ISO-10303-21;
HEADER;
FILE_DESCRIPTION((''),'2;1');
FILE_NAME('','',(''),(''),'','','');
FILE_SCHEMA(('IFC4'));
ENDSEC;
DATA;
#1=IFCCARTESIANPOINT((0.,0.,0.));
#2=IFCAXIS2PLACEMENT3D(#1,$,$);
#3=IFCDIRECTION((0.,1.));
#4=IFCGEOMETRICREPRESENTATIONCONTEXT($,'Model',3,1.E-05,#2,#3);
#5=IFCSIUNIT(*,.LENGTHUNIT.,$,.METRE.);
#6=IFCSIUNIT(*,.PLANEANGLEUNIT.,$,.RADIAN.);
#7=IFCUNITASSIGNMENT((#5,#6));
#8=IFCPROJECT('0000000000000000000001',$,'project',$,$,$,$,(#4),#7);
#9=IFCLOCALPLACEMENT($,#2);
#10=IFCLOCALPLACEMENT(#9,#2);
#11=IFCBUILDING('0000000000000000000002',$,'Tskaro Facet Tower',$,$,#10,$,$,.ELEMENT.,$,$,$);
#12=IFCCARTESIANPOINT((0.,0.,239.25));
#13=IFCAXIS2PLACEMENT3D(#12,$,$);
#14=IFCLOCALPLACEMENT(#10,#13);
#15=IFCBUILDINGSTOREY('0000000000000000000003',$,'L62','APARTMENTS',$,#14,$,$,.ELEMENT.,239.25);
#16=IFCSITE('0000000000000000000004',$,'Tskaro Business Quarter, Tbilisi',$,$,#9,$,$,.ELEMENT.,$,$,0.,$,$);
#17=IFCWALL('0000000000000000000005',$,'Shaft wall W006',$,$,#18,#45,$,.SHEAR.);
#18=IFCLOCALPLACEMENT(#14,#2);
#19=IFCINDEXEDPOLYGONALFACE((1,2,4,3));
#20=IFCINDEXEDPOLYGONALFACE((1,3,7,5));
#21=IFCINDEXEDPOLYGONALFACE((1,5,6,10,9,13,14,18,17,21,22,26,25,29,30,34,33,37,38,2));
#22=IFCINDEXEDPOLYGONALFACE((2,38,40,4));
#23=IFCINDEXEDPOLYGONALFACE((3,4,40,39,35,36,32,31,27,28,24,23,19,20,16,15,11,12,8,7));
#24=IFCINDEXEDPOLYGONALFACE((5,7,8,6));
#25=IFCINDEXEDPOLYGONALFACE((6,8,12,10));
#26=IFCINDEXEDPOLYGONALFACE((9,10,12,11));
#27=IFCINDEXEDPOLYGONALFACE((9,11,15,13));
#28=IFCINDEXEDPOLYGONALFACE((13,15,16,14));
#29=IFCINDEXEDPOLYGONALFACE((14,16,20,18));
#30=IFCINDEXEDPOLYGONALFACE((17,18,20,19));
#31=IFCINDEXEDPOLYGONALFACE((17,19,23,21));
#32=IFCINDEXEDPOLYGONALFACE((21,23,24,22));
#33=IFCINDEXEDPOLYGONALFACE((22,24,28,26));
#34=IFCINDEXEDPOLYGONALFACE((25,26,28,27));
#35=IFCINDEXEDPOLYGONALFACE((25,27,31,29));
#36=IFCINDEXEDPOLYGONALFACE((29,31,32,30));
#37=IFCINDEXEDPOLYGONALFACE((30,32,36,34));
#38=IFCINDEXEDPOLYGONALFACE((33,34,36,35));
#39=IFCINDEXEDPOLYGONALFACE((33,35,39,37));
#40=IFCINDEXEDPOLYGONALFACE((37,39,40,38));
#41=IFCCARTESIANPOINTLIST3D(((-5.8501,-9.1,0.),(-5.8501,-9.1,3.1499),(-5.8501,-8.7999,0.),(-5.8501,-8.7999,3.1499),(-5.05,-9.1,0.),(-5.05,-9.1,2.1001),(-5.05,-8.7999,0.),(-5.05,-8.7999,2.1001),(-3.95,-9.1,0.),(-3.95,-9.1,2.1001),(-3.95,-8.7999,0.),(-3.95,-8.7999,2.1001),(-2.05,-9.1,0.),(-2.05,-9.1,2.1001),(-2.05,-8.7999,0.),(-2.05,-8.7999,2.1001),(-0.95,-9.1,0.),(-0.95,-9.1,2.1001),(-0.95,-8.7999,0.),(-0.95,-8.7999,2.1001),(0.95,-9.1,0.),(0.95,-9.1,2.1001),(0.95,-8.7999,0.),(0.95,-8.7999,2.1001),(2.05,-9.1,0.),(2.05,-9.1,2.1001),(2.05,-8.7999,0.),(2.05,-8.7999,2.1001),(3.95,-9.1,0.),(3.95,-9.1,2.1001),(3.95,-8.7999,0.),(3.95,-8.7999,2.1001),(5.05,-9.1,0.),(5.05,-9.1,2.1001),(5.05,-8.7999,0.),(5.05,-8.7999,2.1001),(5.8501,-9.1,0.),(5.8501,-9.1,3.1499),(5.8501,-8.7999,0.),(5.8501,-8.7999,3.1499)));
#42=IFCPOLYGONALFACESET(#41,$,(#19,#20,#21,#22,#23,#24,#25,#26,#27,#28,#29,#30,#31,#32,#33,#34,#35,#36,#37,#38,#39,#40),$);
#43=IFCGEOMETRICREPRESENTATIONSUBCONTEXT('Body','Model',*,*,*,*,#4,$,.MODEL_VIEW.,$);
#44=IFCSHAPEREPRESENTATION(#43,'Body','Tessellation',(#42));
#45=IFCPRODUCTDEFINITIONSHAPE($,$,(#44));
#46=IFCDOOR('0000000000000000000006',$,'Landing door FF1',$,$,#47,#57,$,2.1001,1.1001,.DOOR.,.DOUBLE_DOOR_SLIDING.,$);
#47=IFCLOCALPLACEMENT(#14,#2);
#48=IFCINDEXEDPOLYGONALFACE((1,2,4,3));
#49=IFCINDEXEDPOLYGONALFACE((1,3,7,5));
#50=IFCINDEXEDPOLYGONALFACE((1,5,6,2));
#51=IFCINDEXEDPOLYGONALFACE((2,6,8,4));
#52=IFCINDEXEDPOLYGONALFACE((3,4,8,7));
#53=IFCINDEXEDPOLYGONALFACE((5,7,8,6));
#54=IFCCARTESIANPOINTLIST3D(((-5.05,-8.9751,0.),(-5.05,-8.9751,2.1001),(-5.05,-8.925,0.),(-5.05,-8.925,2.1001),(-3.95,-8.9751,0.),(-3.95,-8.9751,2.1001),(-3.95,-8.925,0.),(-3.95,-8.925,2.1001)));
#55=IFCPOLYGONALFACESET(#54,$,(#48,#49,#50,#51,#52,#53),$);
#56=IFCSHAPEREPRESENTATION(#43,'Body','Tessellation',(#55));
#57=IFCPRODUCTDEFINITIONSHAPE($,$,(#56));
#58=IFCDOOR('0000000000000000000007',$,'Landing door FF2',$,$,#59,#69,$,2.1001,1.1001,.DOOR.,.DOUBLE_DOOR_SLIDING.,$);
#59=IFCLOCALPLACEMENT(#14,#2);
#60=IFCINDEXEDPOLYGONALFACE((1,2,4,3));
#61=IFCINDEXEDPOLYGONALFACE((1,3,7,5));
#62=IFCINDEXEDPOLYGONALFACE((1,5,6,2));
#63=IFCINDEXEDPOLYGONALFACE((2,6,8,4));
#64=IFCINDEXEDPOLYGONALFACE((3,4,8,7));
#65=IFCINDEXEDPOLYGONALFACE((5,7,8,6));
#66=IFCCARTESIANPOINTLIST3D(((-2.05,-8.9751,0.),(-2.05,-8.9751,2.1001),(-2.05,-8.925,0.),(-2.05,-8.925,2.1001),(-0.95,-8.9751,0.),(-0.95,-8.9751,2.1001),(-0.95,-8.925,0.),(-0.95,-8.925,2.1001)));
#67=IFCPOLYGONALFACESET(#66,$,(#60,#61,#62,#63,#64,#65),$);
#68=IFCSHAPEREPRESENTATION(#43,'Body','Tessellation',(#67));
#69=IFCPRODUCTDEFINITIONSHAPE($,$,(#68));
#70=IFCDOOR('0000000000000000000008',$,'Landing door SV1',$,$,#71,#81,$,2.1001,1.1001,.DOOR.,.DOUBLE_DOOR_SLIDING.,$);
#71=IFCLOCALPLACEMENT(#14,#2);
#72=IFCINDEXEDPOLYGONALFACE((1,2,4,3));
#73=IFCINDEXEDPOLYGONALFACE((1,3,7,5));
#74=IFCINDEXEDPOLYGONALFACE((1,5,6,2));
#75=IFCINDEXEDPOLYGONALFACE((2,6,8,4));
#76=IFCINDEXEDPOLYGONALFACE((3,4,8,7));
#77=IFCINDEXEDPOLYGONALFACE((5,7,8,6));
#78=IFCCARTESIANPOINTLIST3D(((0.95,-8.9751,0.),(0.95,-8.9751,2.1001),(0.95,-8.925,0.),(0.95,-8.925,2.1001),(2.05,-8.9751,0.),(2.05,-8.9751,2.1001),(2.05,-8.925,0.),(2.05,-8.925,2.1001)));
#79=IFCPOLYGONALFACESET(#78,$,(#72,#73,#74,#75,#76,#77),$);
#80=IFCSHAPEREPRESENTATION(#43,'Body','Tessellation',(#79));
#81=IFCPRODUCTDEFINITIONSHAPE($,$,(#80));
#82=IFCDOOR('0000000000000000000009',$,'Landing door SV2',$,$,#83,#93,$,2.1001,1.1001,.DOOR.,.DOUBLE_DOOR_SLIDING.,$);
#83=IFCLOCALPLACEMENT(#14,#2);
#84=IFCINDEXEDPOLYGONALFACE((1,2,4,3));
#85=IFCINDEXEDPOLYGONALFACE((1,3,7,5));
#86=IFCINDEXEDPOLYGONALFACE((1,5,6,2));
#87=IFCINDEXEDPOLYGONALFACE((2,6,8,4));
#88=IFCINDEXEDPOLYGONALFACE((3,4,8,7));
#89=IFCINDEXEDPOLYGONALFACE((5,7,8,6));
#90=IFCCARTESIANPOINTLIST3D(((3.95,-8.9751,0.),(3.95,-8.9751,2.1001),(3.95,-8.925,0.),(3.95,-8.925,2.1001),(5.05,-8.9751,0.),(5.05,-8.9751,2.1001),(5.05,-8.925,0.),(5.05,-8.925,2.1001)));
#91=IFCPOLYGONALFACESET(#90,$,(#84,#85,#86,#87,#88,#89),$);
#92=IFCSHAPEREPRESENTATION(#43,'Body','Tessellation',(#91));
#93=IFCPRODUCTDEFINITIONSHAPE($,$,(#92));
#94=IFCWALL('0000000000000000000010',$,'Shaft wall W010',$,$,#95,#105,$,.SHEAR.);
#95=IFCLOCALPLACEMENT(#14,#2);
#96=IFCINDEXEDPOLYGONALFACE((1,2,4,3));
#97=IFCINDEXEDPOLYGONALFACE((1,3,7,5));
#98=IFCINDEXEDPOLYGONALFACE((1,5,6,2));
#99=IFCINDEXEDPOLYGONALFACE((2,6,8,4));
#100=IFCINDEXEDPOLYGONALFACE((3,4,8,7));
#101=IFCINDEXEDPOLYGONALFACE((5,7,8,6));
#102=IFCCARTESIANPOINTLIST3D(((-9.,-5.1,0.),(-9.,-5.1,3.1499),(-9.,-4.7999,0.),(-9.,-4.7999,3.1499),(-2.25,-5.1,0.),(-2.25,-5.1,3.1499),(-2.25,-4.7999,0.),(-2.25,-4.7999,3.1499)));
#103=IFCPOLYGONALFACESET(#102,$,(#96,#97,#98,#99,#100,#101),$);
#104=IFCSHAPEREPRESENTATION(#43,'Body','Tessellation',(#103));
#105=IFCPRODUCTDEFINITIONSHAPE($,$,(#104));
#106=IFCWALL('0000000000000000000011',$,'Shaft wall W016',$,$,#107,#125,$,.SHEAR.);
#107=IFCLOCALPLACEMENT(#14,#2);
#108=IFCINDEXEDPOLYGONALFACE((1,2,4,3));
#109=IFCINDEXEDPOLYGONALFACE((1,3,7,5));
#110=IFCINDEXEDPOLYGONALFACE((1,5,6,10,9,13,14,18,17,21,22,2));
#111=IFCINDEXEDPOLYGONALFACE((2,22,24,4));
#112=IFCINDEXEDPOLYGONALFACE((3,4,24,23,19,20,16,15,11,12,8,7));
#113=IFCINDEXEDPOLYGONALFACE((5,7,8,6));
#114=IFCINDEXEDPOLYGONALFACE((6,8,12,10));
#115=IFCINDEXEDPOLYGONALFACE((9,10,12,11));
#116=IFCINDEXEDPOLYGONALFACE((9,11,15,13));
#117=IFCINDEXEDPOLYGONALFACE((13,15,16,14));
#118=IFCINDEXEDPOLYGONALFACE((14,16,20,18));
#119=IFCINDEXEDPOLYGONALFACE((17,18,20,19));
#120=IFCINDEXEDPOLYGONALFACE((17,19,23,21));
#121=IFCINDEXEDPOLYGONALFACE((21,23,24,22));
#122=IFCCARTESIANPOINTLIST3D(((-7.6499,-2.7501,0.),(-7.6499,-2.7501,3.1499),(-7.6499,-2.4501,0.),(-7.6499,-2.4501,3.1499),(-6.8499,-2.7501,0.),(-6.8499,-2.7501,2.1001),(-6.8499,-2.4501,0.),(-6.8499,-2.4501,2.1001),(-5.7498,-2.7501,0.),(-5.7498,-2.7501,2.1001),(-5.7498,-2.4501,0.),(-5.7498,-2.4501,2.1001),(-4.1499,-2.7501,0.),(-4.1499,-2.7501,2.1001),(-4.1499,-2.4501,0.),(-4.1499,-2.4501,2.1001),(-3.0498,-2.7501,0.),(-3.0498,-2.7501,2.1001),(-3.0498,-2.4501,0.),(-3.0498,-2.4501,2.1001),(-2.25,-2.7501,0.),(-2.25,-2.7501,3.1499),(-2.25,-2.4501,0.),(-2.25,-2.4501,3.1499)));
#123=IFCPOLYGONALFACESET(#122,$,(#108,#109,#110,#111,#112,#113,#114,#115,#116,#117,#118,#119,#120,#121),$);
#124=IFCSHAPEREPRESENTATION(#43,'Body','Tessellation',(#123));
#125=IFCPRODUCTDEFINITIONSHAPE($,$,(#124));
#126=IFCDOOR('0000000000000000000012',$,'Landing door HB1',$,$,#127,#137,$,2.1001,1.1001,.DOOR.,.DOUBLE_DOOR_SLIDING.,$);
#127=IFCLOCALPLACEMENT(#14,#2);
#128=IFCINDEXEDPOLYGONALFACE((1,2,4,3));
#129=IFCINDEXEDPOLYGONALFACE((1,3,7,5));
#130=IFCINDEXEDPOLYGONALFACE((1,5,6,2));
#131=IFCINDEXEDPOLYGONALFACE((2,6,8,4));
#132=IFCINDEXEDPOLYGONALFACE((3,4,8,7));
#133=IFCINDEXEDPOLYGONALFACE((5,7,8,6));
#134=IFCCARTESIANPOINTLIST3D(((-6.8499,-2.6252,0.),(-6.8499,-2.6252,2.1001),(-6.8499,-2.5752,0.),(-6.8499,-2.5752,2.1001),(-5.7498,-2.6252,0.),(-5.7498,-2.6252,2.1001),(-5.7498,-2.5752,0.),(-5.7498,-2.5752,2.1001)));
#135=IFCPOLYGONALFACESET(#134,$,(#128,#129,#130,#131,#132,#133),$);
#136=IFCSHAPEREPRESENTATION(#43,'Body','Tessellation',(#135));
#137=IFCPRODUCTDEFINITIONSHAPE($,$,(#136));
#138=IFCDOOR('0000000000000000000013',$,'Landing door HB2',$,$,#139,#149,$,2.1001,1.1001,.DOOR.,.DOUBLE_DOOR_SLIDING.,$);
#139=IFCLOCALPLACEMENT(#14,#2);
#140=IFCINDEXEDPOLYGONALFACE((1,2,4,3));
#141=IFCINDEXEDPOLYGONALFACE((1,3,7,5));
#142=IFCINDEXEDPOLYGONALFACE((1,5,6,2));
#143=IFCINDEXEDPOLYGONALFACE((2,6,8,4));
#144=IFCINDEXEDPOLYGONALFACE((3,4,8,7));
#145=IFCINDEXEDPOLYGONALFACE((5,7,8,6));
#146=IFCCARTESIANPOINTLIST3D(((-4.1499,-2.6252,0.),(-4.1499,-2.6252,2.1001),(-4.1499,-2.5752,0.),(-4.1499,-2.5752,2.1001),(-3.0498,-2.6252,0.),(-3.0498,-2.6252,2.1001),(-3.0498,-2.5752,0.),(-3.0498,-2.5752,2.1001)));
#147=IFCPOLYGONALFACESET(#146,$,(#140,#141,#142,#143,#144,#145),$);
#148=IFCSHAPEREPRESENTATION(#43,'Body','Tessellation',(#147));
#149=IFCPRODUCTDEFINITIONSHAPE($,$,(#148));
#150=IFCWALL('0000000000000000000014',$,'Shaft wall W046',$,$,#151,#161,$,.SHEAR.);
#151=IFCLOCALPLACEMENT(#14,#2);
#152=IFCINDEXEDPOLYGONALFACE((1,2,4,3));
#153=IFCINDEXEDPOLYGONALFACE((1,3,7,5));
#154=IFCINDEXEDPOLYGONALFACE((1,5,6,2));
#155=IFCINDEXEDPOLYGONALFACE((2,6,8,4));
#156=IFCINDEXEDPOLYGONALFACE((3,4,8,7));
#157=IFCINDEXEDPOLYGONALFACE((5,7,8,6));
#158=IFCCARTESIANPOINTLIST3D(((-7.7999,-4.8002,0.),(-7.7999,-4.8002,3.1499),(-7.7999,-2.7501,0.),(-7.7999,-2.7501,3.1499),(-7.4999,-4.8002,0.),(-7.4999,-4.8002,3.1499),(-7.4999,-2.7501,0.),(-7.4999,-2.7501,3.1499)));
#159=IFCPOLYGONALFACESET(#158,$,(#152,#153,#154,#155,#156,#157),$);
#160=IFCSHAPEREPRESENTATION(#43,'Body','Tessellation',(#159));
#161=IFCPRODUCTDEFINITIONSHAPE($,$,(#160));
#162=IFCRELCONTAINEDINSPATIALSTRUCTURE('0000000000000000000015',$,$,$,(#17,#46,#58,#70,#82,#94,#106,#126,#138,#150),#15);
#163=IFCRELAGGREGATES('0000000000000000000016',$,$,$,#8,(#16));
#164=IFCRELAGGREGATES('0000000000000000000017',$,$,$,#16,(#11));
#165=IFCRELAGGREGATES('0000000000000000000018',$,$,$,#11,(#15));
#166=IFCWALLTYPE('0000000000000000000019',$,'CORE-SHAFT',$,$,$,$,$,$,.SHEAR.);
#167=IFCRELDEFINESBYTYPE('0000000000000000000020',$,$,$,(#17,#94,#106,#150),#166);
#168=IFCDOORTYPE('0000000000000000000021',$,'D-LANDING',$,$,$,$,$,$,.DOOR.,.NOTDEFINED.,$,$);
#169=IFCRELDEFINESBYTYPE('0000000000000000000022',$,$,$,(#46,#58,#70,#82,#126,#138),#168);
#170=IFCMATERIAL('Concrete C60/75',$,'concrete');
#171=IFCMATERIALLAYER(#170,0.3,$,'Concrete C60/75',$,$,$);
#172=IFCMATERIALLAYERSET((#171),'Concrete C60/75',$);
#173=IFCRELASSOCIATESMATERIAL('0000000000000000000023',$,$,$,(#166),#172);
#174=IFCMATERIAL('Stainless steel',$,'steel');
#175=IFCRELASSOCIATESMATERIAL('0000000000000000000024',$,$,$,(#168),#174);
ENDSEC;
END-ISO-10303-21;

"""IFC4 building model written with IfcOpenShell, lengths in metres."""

from ifc_helpers import new_model, si_unit, direction, frame, frame_2d, origin, place, context, subcontext, project, spatial, rectangle, extrude, material, layer, layer_set, type_object, element, fill, save


model = new_model("IFC4")

# Units and contexts
model_context = context("Model", 3, precision=1e-05, world=origin(), true_north=direction((0.0, 1.0)))
body_context = subcontext(model_context, "Body", "Model", "MODEL_VIEW")
ifc_project = project(units=[si_unit("LENGTHUNIT", "METRE"), si_unit("PLANEANGLEUNIT", "RADIAN")], contexts=[model_context])

# Site, building, storey
site_placement = place(None, origin())
site = spatial("IfcSite", under=ifc_project, at=site_placement, Name="Tskaro Business Quarter, Tbilisi", CompositionType="ELEMENT", RefElevation=0.0)
building_placement = place(site_placement, origin())
building = spatial("IfcBuilding", under=site, at=building_placement, Name="Tskaro Facet Tower", CompositionType="ELEMENT")
storey_placement = place(building_placement, frame((0.0, 0.0, 239.25)))
storey = spatial("IfcBuildingStorey", under=building, at=storey_placement, Name="L62", Description="APARTMENTS", CompositionType="ELEMENT", Elevation=239.25)

# Wall, openings, doors
ifc_material_1 = material(Name="Concrete C60/75", Category="concrete")
ifc_layer_1 = layer(ifc_material_1, 0.3, Name="Concrete C60/75")
ifc_layer_set_1 = layer_set([ifc_layer_1], Name="Concrete C60/75")
wall_type_1 = type_object("IfcWallType", Name="CORE-SHAFT", PredefinedType="SHEAR", material=ifc_layer_set_1)
wall_1_placement = place(storey_placement, frame((-5.8501, -8.95, 0.0), z_axis=(0.0, 0.0, 1.0), x_axis=(1.0, 0.0, 0.0)))
wall_1 = element("IfcWall", 1, at=wall_1_placement, inside=storey, type_object=wall_type_1, Name="Shaft wall W006", PredefinedType="SHEAR", context=body_context, shape_type="SweptSolid", body=[
    extrude(rectangle(XDim=11.7002, YDim=0.3, at=frame_2d((5.8501, 0.0))), origin(), (0.0, 0.0, 1.0), 3.1499),
])
opening_1_placement = place(wall_1_placement, frame((0.8, 0.0, 0.0)))
opening_1 = element("IfcOpeningElement", 2, at=opening_1_placement, cuts=wall_1, PredefinedType="OPENING", context=body_context, shape_type="SweptSolid", body=[
    extrude(rectangle(XDim=1.1001, YDim=2.1001, at=frame_2d((0.55, 1.05))), frame((0.0, 0.1599, 0.0), z_axis=(0.0, -1.0, 0.0), x_axis=(1.0, 0.0, 0.0)), (0.0, 0.0, 1.0), 0.3201),
])
opening_2_placement = place(wall_1_placement, frame((3.8, 0.0, 0.0)))
opening_2 = element("IfcOpeningElement", 3, at=opening_2_placement, cuts=wall_1, PredefinedType="OPENING", context=body_context, shape_type="SweptSolid", body=[
    extrude(rectangle(XDim=1.1001, YDim=2.1001, at=frame_2d((0.55, 1.05))), frame((0.0, 0.1599, 0.0), z_axis=(0.0, -1.0, 0.0), x_axis=(1.0, 0.0, 0.0)), (0.0, 0.0, 1.0), 0.3201),
])
opening_3_placement = place(wall_1_placement, frame((6.8, 0.0, 0.0)))
opening_3 = element("IfcOpeningElement", 4, at=opening_3_placement, cuts=wall_1, PredefinedType="OPENING", context=body_context, shape_type="SweptSolid", body=[
    extrude(rectangle(XDim=1.1001, YDim=2.1001, at=frame_2d((0.55, 1.05))), frame((0.0, 0.1599, 0.0), z_axis=(0.0, -1.0, 0.0), x_axis=(1.0, 0.0, 0.0)), (0.0, 0.0, 1.0), 0.3201),
])
opening_4_placement = place(wall_1_placement, frame((9.8, 0.0, 0.0)))
opening_4 = element("IfcOpeningElement", 5, at=opening_4_placement, cuts=wall_1, PredefinedType="OPENING", context=body_context, shape_type="SweptSolid", body=[
    extrude(rectangle(XDim=1.1001, YDim=2.1001, at=frame_2d((0.55, 1.05))), frame((0.0, 0.1599, 0.0), z_axis=(0.0, -1.0, 0.0), x_axis=(1.0, 0.0, 0.0)), (0.0, 0.0, 1.0), 0.3201),
])
ifc_material_2 = material(Name="Stainless steel", Category="steel")
door_type_1 = type_object("IfcDoorType", Name="D-LANDING", OperationType="NOTDEFINED", PredefinedType="DOOR", material=ifc_material_2)
door_1_placement = place(opening_1_placement, origin())
door_1 = element("IfcDoor", 6, at=door_1_placement, inside=storey, type_object=door_type_1, Name="Landing door FF1", OperationType="DOUBLE_DOOR_SLIDING", OverallHeight=2.1001, OverallWidth=1.1001, PredefinedType="DOOR", context=body_context, shape_type="SweptSolid", body=[
    extrude(rectangle(XDim=1.1001, YDim=2.1001, at=frame_2d((0.55, 1.05))), frame((0.0, 0.0249, 0.0), z_axis=(0.0, -1.0, 0.0), x_axis=(1.0, 0.0, 0.0)), (0.0, 0.0, 1.0), 0.05),
])
fill(opening_1, door_1)
door_2_placement = place(opening_2_placement, origin())
door_2 = element("IfcDoor", 7, at=door_2_placement, inside=storey, type_object=door_type_1, Name="Landing door FF2", OperationType="DOUBLE_DOOR_SLIDING", OverallHeight=2.1001, OverallWidth=1.1001, PredefinedType="DOOR", context=body_context, shape_type="SweptSolid", body=[
    extrude(rectangle(XDim=1.1001, YDim=2.1001, at=frame_2d((0.55, 1.05))), frame((0.0, 0.0249, 0.0), z_axis=(0.0, -1.0, 0.0), x_axis=(1.0, 0.0, 0.0)), (0.0, 0.0, 1.0), 0.05),
])
fill(opening_2, door_2)
door_3_placement = place(opening_3_placement, origin())
door_3 = element("IfcDoor", 8, at=door_3_placement, inside=storey, type_object=door_type_1, Name="Landing door SV1", OperationType="DOUBLE_DOOR_SLIDING", OverallHeight=2.1001, OverallWidth=1.1001, PredefinedType="DOOR", context=body_context, shape_type="SweptSolid", body=[
    extrude(rectangle(XDim=1.1001, YDim=2.1001, at=frame_2d((0.55, 1.05))), frame((0.0, 0.0249, 0.0), z_axis=(0.0, -1.0, 0.0), x_axis=(1.0, 0.0, 0.0)), (0.0, 0.0, 1.0), 0.05),
])
fill(opening_3, door_3)
door_4_placement = place(opening_4_placement, origin())
door_4 = element("IfcDoor", 9, at=door_4_placement, inside=storey, type_object=door_type_1, Name="Landing door SV2", OperationType="DOUBLE_DOOR_SLIDING", OverallHeight=2.1001, OverallWidth=1.1001, PredefinedType="DOOR", context=body_context, shape_type="SweptSolid", body=[
    extrude(rectangle(XDim=1.1001, YDim=2.1001, at=frame_2d((0.55, 1.05))), frame((0.0, 0.0249, 0.0), z_axis=(0.0, -1.0, 0.0), x_axis=(1.0, 0.0, 0.0)), (0.0, 0.0, 1.0), 0.05),
])
fill(opening_4, door_4)

# Wall
wall_2_placement = place(storey_placement, frame((-9.0, -4.95, 0.0), z_axis=(0.0, 0.0, 1.0), x_axis=(1.0, 0.0, 0.0)))
element("IfcWall", 10, at=wall_2_placement, inside=storey, type_object=wall_type_1, Name="Shaft wall W010", PredefinedType="SHEAR", context=body_context, shape_type="SweptSolid", body=[
    extrude(rectangle(XDim=6.75, YDim=0.3, at=frame_2d((3.375, 0.0))), origin(), (0.0, 0.0, 1.0), 3.1499),
])

# Wall, openings, doors
wall_3_placement = place(storey_placement, frame((-7.6499, -2.6001, 0.0), z_axis=(0.0, 0.0, 1.0), x_axis=(1.0, 0.0, 0.0)))
wall_3 = element("IfcWall", 11, at=wall_3_placement, inside=storey, type_object=wall_type_1, Name="Shaft wall W016", PredefinedType="SHEAR", context=body_context, shape_type="SweptSolid", body=[
    extrude(rectangle(XDim=5.3999, YDim=0.3, at=frame_2d((2.7, 0.0))), origin(), (0.0, 0.0, 1.0), 3.1499),
])
opening_5_placement = place(wall_3_placement, frame((0.8, 0.0, 0.0)))
opening_5 = element("IfcOpeningElement", 12, at=opening_5_placement, cuts=wall_3, PredefinedType="OPENING", context=body_context, shape_type="SweptSolid", body=[
    extrude(rectangle(XDim=1.1001, YDim=2.1001, at=frame_2d((0.55, 1.05))), frame((0.0, 0.1599, 0.0), z_axis=(0.0, -1.0, 0.0), x_axis=(1.0, 0.0, 0.0)), (0.0, 0.0, 1.0), 0.3201),
])
opening_6_placement = place(wall_3_placement, frame((3.5, 0.0, 0.0)))
opening_6 = element("IfcOpeningElement", 13, at=opening_6_placement, cuts=wall_3, PredefinedType="OPENING", context=body_context, shape_type="SweptSolid", body=[
    extrude(rectangle(XDim=1.1001, YDim=2.1001, at=frame_2d((0.55, 1.05))), frame((0.0, 0.1599, 0.0), z_axis=(0.0, -1.0, 0.0), x_axis=(1.0, 0.0, 0.0)), (0.0, 0.0, 1.0), 0.3201),
])
door_5_placement = place(opening_5_placement, origin())
door_5 = element("IfcDoor", 14, at=door_5_placement, inside=storey, type_object=door_type_1, Name="Landing door HB1", OperationType="DOUBLE_DOOR_SLIDING", OverallHeight=2.1001, OverallWidth=1.1001, PredefinedType="DOOR", context=body_context, shape_type="SweptSolid", body=[
    extrude(rectangle(XDim=1.1001, YDim=2.1001, at=frame_2d((0.55, 1.05))), frame((0.0, 0.0249, 0.0), z_axis=(0.0, -1.0, 0.0), x_axis=(1.0, 0.0, 0.0)), (0.0, 0.0, 1.0), 0.05),
])
fill(opening_5, door_5)
door_6_placement = place(opening_6_placement, origin())
door_6 = element("IfcDoor", 15, at=door_6_placement, inside=storey, type_object=door_type_1, Name="Landing door HB2", OperationType="DOUBLE_DOOR_SLIDING", OverallHeight=2.1001, OverallWidth=1.1001, PredefinedType="DOOR", context=body_context, shape_type="SweptSolid", body=[
    extrude(rectangle(XDim=1.1001, YDim=2.1001, at=frame_2d((0.55, 1.05))), frame((0.0, 0.0249, 0.0), z_axis=(0.0, -1.0, 0.0), x_axis=(1.0, 0.0, 0.0)), (0.0, 0.0, 1.0), 0.05),
])
fill(opening_6, door_6)

# Wall
wall_4_placement = place(storey_placement, frame((-7.6499, -4.8, 0.0), z_axis=(0.0, 0.0, 1.0), x_axis=(0.0, 1.0, 0.0)))
element("IfcWall", 16, at=wall_4_placement, inside=storey, type_object=wall_type_1, Name="Shaft wall W046", PredefinedType="SHEAR", context=body_context, shape_type="SweptSolid", body=[
    extrude(rectangle(XDim=2.05, YDim=0.3, at=frame_2d((1.0249, 0.0))), origin(), (0.0, 0.0, 1.0), 3.1499),
])

save(model, "model.ifc")
